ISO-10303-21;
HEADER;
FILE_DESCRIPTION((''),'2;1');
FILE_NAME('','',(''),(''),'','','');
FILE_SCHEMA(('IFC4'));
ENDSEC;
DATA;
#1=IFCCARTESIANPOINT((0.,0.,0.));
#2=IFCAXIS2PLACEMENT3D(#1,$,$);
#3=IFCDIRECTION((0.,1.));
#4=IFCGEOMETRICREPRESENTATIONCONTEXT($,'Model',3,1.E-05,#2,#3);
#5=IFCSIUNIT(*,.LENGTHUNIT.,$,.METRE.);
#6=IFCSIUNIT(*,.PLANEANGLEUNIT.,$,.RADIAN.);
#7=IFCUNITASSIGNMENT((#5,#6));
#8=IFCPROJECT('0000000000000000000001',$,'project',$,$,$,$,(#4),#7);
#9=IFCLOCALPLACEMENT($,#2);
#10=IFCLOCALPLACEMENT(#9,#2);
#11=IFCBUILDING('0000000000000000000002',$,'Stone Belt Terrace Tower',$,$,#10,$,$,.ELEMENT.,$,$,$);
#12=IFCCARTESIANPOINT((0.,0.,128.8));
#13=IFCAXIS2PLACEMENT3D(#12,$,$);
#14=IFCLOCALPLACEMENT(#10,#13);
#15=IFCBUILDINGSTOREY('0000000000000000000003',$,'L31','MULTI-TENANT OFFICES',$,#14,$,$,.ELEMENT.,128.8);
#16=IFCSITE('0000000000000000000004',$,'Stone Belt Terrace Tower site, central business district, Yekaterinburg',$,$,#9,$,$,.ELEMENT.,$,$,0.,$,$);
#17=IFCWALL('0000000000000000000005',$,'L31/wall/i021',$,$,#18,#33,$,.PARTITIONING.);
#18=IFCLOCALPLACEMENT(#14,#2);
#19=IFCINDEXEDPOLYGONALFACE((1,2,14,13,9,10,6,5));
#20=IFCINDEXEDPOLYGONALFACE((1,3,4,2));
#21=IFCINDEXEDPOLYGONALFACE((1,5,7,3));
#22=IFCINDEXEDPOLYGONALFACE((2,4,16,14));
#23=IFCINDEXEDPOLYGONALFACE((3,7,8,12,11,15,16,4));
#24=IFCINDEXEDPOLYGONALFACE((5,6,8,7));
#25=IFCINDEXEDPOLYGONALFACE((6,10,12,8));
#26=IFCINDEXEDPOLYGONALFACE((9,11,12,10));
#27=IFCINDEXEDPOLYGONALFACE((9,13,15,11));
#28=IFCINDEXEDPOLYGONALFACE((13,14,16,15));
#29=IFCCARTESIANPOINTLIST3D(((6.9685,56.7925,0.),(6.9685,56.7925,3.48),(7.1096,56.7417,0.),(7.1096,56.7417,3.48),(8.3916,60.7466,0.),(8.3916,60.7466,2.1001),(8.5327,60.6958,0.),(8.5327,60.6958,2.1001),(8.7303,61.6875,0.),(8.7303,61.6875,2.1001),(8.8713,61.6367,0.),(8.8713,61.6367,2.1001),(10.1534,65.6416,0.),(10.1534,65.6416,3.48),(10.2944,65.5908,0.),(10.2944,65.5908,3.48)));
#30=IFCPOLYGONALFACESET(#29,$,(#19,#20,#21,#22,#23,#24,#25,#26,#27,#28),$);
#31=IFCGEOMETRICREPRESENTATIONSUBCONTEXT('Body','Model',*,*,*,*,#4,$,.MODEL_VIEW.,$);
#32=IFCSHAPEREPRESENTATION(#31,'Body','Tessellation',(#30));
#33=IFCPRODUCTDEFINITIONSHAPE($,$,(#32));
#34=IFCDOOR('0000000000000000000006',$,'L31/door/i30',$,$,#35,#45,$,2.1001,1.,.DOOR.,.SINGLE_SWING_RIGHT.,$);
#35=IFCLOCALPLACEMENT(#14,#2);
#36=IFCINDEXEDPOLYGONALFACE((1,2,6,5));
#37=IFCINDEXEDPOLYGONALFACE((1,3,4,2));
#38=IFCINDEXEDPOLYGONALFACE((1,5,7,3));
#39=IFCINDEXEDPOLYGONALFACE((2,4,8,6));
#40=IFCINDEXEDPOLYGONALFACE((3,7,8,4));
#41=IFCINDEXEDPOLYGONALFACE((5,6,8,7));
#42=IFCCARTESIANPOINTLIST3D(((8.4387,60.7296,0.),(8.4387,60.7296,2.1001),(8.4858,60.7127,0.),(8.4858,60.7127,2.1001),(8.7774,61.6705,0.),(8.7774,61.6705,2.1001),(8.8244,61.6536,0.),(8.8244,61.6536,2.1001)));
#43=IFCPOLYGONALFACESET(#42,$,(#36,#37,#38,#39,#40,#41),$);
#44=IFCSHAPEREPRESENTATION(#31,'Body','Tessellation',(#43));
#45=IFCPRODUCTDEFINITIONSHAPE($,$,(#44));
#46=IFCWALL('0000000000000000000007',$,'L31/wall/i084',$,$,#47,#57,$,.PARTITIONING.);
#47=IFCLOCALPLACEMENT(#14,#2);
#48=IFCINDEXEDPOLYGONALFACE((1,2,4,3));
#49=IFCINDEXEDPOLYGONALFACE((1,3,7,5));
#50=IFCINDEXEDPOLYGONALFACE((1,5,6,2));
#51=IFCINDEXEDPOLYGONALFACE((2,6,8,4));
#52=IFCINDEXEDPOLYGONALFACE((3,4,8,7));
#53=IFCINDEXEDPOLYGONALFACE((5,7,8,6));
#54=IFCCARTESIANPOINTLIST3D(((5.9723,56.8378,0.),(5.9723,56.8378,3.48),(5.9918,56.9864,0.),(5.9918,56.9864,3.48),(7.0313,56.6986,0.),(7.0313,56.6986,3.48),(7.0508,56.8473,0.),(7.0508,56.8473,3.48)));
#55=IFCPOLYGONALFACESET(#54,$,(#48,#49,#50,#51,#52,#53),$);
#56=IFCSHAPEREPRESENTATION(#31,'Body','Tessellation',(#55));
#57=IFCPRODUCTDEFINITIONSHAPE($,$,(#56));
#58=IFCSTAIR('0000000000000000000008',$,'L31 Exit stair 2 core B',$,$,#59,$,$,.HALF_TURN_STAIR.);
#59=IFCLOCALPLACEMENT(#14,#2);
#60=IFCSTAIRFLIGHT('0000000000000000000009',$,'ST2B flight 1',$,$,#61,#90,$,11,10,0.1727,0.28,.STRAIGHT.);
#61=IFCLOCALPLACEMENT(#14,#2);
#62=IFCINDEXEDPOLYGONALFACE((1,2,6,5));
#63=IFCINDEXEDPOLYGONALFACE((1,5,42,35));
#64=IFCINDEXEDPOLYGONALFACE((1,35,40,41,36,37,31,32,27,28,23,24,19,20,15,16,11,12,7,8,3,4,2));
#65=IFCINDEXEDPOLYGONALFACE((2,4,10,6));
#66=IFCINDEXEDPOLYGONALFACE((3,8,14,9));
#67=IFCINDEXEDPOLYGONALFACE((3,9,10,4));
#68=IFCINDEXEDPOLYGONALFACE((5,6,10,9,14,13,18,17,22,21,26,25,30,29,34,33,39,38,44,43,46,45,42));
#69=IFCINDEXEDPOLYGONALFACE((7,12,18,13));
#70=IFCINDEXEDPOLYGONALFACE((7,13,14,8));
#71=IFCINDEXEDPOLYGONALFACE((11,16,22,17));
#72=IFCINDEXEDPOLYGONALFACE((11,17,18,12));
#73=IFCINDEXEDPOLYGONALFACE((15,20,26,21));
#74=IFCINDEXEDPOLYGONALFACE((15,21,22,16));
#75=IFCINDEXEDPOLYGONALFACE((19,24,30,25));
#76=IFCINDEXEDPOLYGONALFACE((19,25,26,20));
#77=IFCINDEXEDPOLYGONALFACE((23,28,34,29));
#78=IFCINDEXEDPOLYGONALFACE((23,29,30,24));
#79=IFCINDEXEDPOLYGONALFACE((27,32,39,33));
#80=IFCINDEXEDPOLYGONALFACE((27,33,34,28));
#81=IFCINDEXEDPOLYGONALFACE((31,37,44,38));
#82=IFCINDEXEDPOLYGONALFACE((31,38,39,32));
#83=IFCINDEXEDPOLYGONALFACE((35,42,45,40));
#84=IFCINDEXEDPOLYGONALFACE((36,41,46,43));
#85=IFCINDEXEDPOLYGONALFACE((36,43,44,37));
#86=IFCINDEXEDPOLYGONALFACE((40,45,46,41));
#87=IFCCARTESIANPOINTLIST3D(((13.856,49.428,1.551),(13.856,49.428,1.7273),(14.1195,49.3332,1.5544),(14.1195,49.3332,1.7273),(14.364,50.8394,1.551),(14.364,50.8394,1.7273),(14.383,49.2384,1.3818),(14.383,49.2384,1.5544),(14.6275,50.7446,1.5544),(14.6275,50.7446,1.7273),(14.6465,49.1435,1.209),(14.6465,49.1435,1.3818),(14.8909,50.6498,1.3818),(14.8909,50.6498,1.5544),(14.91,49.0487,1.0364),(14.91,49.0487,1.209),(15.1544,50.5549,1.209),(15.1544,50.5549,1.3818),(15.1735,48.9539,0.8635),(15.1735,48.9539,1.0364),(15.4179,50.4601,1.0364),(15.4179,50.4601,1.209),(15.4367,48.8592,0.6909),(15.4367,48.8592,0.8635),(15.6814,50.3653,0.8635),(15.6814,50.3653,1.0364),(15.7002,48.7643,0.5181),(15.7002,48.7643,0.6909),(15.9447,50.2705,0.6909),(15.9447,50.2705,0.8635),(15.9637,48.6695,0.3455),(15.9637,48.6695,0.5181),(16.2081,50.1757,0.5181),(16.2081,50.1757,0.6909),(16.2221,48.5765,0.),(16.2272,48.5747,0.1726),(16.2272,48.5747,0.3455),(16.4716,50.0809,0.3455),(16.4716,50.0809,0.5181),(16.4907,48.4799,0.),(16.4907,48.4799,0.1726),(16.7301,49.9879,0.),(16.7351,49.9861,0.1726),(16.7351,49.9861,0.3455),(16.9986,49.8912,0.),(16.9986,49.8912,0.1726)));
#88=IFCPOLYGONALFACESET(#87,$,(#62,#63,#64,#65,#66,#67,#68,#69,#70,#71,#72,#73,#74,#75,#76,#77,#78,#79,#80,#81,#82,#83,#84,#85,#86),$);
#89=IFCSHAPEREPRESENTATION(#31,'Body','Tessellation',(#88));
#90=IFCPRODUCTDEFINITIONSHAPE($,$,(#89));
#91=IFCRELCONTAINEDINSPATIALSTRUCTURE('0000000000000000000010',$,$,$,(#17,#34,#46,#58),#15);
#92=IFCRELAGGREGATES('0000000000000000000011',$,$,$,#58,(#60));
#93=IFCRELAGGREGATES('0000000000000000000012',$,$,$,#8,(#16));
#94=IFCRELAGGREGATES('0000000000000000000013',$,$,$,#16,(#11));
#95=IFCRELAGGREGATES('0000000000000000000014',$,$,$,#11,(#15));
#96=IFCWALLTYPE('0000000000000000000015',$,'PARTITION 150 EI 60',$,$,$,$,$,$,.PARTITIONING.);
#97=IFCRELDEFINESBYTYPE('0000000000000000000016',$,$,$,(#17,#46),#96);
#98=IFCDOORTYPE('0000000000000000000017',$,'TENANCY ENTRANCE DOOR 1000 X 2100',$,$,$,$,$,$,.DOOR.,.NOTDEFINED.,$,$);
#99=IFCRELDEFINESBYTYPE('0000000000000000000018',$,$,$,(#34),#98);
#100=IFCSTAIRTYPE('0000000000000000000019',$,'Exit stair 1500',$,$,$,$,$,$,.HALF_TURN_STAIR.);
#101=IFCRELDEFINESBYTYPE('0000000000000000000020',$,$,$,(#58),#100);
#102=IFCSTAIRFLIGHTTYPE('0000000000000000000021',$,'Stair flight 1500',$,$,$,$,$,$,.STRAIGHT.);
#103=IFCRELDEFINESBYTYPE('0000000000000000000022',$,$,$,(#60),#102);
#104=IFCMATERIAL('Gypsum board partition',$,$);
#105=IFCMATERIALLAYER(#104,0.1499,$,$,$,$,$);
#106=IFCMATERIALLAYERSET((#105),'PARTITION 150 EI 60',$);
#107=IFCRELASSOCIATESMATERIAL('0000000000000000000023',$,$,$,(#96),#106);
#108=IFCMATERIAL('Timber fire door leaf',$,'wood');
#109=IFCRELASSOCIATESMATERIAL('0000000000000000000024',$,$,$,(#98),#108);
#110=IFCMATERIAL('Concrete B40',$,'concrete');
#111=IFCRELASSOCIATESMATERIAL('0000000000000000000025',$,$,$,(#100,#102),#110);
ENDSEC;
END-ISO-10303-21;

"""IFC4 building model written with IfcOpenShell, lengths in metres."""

from ifc_helpers import new_model, si_unit, direction, frame, frame_2d, origin, place, context, subcontext, project, spatial, polyline, rectangle, outline, extrude, material, layer, layer_set, type_object, element, fill, aggregate, save


model = new_model("IFC4")

# Units and contexts
model_context = context("Model", 3, precision=1e-05, world=origin(), true_north=direction((0.0, 1.0)))
body_context = subcontext(model_context, "Body", "Model", "MODEL_VIEW")
ifc_project = project(units=[si_unit("LENGTHUNIT", "METRE"), si_unit("PLANEANGLEUNIT", "RADIAN")], contexts=[model_context])

# Site, building, storey
site_placement = place(None, origin())
site = spatial("IfcSite", under=ifc_project, at=site_placement, Name="Stone Belt Terrace Tower site, central business district, Yekaterinburg", CompositionType="ELEMENT", RefElevation=0.0)
building_placement = place(site_placement, origin())
building = spatial("IfcBuilding", under=site, at=building_placement, Name="Stone Belt Terrace Tower", CompositionType="ELEMENT")
storey_placement = place(building_placement, frame((0.0, 0.0, 128.8)))
storey = spatial("IfcBuildingStorey", under=building, at=storey_placement, Name="L31", Description="MULTI-TENANT OFFICES", CompositionType="ELEMENT", Elevation=128.8)

# Wall, opening, door
ifc_material_1 = material(Name="Gypsum board partition")
ifc_layer_1 = layer(ifc_material_1, 0.1499)
ifc_layer_set_1 = layer_set([ifc_layer_1], Name="PARTITION 150 EI 60")
wall_type_1 = type_object("IfcWallType", Name="PARTITION 150 EI 60", PredefinedType="PARTITIONING", material=ifc_layer_set_1)
wall_1_placement = place(storey_placement, frame((7.0391, 56.7671, 0.0), z_axis=(0.0, 0.0, 1.0), x_axis=(0.338638, 0.940917, 0.0)))
wall_1 = element("IfcWall", 1, at=wall_1_placement, inside=storey, type_object=wall_type_1, Name="L31/wall/i021", PredefinedType="PARTITIONING", context=body_context, shape_type="SweptSolid", body=[
    extrude(rectangle(XDim=9.4048, YDim=0.1499, at=frame_2d((4.7024, 0.0))), origin(), (0.0, 0.0, 1.0), 3.48),
])
opening_1_placement = place(wall_1_placement, frame((4.2024, 0.0, 0.0)))
opening_1 = element("IfcOpeningElement", 2, at=opening_1_placement, cuts=wall_1, PredefinedType="OPENING", context=body_context, shape_type="SweptSolid", body=[
    extrude(rectangle(XDim=1.0, YDim=2.1001, at=frame_2d((0.5, 1.05))), frame((0.0, 0.085, 0.0), z_axis=(0.0, -1.0, 0.0), x_axis=(1.0, 0.0, 0.0)), (0.0, 0.0, 1.0), 0.1699),
])
ifc_material_2 = material(Name="Timber fire door leaf", Category="wood")
door_type_1 = type_object("IfcDoorType", Name="TENANCY ENTRANCE DOOR 1000 X 2100", OperationType="NOTDEFINED", PredefinedType="DOOR", material=ifc_material_2)
door_1_placement = place(opening_1_placement, origin())
door_1 = element("IfcDoor", 3, at=door_1_placement, inside=storey, type_object=door_type_1, Name="L31/door/i30", OperationType="SINGLE_SWING_RIGHT", OverallHeight=2.1001, OverallWidth=1.0, PredefinedType="DOOR", context=body_context, shape_type="SweptSolid", body=[
    extrude(rectangle(XDim=1.0, YDim=2.1001, at=frame_2d((0.5, 1.05))), frame((0.0, 0.0249, 0.0), z_axis=(0.0, -1.0, 0.0), x_axis=(1.0, 0.0, 0.0)), (0.0, 0.0, 1.0), 0.05),
])
fill(opening_1, door_1)

# Wall
wall_2_placement = place(storey_placement, frame((5.9819, 56.9121, 0.0), z_axis=(0.0, 0.0, 1.0), x_axis=(0.991478, -0.130277, 0.0)))
element("IfcWall", 4, at=wall_2_placement, inside=storey, type_object=wall_type_1, Name="L31/wall/i084", PredefinedType="PARTITIONING", context=body_context, shape_type="SweptSolid", body=[
    extrude(rectangle(XDim=1.0681, YDim=0.1499, at=frame_2d((0.5342, 0.0))), origin(), (0.0, 0.0, 1.0), 3.48),
])

# Stair, stair flight
ifc_material_3 = material(Name="Concrete B40", Category="concrete")
stair_type = type_object("IfcStairType", Name="Exit stair 1500", PredefinedType="HALF_TURN_STAIR", material=ifc_material_3)
stair_placement = place(storey_placement, origin())
stair = element("IfcStair", 5, at=stair_placement, inside=storey, type_object=stair_type, Name="L31 Exit stair 2 core B", PredefinedType="HALF_TURN_STAIR")
stair_flight_type = type_object("IfcStairFlightType", Name="Stair flight 1500", PredefinedType="STRAIGHT", material=ifc_material_3)
stair_flight_placement = place(storey_placement, frame((16.7446, 49.1855, 0.0), z_axis=(0.0, 0.0, 1.0), x_axis=(-0.940922, 0.338624, 0.0)))
stair_flight = element("IfcStairFlight", 6, at=stair_flight_placement, type_object=stair_flight_type, Name="ST2B flight 1", NumberOfRisers=11, NumberOfTreads=10, PredefinedType="STRAIGHT", RiserHeight=0.1727, TreadLength=0.28, context=body_context, shape_type="SweptSolid", body=[
    extrude(outline(polyline([(0.0, 0.0), (0.0, 0.1726), (0.28, 0.1726), (0.28, 0.3455), (0.5601, 0.3455), (0.5601, 0.5181), (0.8401, 0.5181), (0.8401, 0.6909), (1.1201, 0.6909), (1.1201, 0.8635), (1.3999, 0.8635), (1.3999, 1.0364), (1.6799, 1.0364), (1.6799, 1.209), (1.96, 1.209), (1.96, 1.3818), (2.24, 1.3818), (2.24, 1.5544), (2.52, 1.5544), (2.52, 1.7273), (2.8, 1.7273), (2.8, 1.8999), (2.8, 1.551), (0.2854, 0.0), (0.0, 0.0)])), frame((0.0, 0.75, 0.0), z_axis=(0.0, -1.0, 0.0), x_axis=(1.0, 0.0, 0.0)), (0.0, 0.0, 1.0), 1.5),
])
aggregate(stair, [stair_flight])

save(model, "model.ifc")
